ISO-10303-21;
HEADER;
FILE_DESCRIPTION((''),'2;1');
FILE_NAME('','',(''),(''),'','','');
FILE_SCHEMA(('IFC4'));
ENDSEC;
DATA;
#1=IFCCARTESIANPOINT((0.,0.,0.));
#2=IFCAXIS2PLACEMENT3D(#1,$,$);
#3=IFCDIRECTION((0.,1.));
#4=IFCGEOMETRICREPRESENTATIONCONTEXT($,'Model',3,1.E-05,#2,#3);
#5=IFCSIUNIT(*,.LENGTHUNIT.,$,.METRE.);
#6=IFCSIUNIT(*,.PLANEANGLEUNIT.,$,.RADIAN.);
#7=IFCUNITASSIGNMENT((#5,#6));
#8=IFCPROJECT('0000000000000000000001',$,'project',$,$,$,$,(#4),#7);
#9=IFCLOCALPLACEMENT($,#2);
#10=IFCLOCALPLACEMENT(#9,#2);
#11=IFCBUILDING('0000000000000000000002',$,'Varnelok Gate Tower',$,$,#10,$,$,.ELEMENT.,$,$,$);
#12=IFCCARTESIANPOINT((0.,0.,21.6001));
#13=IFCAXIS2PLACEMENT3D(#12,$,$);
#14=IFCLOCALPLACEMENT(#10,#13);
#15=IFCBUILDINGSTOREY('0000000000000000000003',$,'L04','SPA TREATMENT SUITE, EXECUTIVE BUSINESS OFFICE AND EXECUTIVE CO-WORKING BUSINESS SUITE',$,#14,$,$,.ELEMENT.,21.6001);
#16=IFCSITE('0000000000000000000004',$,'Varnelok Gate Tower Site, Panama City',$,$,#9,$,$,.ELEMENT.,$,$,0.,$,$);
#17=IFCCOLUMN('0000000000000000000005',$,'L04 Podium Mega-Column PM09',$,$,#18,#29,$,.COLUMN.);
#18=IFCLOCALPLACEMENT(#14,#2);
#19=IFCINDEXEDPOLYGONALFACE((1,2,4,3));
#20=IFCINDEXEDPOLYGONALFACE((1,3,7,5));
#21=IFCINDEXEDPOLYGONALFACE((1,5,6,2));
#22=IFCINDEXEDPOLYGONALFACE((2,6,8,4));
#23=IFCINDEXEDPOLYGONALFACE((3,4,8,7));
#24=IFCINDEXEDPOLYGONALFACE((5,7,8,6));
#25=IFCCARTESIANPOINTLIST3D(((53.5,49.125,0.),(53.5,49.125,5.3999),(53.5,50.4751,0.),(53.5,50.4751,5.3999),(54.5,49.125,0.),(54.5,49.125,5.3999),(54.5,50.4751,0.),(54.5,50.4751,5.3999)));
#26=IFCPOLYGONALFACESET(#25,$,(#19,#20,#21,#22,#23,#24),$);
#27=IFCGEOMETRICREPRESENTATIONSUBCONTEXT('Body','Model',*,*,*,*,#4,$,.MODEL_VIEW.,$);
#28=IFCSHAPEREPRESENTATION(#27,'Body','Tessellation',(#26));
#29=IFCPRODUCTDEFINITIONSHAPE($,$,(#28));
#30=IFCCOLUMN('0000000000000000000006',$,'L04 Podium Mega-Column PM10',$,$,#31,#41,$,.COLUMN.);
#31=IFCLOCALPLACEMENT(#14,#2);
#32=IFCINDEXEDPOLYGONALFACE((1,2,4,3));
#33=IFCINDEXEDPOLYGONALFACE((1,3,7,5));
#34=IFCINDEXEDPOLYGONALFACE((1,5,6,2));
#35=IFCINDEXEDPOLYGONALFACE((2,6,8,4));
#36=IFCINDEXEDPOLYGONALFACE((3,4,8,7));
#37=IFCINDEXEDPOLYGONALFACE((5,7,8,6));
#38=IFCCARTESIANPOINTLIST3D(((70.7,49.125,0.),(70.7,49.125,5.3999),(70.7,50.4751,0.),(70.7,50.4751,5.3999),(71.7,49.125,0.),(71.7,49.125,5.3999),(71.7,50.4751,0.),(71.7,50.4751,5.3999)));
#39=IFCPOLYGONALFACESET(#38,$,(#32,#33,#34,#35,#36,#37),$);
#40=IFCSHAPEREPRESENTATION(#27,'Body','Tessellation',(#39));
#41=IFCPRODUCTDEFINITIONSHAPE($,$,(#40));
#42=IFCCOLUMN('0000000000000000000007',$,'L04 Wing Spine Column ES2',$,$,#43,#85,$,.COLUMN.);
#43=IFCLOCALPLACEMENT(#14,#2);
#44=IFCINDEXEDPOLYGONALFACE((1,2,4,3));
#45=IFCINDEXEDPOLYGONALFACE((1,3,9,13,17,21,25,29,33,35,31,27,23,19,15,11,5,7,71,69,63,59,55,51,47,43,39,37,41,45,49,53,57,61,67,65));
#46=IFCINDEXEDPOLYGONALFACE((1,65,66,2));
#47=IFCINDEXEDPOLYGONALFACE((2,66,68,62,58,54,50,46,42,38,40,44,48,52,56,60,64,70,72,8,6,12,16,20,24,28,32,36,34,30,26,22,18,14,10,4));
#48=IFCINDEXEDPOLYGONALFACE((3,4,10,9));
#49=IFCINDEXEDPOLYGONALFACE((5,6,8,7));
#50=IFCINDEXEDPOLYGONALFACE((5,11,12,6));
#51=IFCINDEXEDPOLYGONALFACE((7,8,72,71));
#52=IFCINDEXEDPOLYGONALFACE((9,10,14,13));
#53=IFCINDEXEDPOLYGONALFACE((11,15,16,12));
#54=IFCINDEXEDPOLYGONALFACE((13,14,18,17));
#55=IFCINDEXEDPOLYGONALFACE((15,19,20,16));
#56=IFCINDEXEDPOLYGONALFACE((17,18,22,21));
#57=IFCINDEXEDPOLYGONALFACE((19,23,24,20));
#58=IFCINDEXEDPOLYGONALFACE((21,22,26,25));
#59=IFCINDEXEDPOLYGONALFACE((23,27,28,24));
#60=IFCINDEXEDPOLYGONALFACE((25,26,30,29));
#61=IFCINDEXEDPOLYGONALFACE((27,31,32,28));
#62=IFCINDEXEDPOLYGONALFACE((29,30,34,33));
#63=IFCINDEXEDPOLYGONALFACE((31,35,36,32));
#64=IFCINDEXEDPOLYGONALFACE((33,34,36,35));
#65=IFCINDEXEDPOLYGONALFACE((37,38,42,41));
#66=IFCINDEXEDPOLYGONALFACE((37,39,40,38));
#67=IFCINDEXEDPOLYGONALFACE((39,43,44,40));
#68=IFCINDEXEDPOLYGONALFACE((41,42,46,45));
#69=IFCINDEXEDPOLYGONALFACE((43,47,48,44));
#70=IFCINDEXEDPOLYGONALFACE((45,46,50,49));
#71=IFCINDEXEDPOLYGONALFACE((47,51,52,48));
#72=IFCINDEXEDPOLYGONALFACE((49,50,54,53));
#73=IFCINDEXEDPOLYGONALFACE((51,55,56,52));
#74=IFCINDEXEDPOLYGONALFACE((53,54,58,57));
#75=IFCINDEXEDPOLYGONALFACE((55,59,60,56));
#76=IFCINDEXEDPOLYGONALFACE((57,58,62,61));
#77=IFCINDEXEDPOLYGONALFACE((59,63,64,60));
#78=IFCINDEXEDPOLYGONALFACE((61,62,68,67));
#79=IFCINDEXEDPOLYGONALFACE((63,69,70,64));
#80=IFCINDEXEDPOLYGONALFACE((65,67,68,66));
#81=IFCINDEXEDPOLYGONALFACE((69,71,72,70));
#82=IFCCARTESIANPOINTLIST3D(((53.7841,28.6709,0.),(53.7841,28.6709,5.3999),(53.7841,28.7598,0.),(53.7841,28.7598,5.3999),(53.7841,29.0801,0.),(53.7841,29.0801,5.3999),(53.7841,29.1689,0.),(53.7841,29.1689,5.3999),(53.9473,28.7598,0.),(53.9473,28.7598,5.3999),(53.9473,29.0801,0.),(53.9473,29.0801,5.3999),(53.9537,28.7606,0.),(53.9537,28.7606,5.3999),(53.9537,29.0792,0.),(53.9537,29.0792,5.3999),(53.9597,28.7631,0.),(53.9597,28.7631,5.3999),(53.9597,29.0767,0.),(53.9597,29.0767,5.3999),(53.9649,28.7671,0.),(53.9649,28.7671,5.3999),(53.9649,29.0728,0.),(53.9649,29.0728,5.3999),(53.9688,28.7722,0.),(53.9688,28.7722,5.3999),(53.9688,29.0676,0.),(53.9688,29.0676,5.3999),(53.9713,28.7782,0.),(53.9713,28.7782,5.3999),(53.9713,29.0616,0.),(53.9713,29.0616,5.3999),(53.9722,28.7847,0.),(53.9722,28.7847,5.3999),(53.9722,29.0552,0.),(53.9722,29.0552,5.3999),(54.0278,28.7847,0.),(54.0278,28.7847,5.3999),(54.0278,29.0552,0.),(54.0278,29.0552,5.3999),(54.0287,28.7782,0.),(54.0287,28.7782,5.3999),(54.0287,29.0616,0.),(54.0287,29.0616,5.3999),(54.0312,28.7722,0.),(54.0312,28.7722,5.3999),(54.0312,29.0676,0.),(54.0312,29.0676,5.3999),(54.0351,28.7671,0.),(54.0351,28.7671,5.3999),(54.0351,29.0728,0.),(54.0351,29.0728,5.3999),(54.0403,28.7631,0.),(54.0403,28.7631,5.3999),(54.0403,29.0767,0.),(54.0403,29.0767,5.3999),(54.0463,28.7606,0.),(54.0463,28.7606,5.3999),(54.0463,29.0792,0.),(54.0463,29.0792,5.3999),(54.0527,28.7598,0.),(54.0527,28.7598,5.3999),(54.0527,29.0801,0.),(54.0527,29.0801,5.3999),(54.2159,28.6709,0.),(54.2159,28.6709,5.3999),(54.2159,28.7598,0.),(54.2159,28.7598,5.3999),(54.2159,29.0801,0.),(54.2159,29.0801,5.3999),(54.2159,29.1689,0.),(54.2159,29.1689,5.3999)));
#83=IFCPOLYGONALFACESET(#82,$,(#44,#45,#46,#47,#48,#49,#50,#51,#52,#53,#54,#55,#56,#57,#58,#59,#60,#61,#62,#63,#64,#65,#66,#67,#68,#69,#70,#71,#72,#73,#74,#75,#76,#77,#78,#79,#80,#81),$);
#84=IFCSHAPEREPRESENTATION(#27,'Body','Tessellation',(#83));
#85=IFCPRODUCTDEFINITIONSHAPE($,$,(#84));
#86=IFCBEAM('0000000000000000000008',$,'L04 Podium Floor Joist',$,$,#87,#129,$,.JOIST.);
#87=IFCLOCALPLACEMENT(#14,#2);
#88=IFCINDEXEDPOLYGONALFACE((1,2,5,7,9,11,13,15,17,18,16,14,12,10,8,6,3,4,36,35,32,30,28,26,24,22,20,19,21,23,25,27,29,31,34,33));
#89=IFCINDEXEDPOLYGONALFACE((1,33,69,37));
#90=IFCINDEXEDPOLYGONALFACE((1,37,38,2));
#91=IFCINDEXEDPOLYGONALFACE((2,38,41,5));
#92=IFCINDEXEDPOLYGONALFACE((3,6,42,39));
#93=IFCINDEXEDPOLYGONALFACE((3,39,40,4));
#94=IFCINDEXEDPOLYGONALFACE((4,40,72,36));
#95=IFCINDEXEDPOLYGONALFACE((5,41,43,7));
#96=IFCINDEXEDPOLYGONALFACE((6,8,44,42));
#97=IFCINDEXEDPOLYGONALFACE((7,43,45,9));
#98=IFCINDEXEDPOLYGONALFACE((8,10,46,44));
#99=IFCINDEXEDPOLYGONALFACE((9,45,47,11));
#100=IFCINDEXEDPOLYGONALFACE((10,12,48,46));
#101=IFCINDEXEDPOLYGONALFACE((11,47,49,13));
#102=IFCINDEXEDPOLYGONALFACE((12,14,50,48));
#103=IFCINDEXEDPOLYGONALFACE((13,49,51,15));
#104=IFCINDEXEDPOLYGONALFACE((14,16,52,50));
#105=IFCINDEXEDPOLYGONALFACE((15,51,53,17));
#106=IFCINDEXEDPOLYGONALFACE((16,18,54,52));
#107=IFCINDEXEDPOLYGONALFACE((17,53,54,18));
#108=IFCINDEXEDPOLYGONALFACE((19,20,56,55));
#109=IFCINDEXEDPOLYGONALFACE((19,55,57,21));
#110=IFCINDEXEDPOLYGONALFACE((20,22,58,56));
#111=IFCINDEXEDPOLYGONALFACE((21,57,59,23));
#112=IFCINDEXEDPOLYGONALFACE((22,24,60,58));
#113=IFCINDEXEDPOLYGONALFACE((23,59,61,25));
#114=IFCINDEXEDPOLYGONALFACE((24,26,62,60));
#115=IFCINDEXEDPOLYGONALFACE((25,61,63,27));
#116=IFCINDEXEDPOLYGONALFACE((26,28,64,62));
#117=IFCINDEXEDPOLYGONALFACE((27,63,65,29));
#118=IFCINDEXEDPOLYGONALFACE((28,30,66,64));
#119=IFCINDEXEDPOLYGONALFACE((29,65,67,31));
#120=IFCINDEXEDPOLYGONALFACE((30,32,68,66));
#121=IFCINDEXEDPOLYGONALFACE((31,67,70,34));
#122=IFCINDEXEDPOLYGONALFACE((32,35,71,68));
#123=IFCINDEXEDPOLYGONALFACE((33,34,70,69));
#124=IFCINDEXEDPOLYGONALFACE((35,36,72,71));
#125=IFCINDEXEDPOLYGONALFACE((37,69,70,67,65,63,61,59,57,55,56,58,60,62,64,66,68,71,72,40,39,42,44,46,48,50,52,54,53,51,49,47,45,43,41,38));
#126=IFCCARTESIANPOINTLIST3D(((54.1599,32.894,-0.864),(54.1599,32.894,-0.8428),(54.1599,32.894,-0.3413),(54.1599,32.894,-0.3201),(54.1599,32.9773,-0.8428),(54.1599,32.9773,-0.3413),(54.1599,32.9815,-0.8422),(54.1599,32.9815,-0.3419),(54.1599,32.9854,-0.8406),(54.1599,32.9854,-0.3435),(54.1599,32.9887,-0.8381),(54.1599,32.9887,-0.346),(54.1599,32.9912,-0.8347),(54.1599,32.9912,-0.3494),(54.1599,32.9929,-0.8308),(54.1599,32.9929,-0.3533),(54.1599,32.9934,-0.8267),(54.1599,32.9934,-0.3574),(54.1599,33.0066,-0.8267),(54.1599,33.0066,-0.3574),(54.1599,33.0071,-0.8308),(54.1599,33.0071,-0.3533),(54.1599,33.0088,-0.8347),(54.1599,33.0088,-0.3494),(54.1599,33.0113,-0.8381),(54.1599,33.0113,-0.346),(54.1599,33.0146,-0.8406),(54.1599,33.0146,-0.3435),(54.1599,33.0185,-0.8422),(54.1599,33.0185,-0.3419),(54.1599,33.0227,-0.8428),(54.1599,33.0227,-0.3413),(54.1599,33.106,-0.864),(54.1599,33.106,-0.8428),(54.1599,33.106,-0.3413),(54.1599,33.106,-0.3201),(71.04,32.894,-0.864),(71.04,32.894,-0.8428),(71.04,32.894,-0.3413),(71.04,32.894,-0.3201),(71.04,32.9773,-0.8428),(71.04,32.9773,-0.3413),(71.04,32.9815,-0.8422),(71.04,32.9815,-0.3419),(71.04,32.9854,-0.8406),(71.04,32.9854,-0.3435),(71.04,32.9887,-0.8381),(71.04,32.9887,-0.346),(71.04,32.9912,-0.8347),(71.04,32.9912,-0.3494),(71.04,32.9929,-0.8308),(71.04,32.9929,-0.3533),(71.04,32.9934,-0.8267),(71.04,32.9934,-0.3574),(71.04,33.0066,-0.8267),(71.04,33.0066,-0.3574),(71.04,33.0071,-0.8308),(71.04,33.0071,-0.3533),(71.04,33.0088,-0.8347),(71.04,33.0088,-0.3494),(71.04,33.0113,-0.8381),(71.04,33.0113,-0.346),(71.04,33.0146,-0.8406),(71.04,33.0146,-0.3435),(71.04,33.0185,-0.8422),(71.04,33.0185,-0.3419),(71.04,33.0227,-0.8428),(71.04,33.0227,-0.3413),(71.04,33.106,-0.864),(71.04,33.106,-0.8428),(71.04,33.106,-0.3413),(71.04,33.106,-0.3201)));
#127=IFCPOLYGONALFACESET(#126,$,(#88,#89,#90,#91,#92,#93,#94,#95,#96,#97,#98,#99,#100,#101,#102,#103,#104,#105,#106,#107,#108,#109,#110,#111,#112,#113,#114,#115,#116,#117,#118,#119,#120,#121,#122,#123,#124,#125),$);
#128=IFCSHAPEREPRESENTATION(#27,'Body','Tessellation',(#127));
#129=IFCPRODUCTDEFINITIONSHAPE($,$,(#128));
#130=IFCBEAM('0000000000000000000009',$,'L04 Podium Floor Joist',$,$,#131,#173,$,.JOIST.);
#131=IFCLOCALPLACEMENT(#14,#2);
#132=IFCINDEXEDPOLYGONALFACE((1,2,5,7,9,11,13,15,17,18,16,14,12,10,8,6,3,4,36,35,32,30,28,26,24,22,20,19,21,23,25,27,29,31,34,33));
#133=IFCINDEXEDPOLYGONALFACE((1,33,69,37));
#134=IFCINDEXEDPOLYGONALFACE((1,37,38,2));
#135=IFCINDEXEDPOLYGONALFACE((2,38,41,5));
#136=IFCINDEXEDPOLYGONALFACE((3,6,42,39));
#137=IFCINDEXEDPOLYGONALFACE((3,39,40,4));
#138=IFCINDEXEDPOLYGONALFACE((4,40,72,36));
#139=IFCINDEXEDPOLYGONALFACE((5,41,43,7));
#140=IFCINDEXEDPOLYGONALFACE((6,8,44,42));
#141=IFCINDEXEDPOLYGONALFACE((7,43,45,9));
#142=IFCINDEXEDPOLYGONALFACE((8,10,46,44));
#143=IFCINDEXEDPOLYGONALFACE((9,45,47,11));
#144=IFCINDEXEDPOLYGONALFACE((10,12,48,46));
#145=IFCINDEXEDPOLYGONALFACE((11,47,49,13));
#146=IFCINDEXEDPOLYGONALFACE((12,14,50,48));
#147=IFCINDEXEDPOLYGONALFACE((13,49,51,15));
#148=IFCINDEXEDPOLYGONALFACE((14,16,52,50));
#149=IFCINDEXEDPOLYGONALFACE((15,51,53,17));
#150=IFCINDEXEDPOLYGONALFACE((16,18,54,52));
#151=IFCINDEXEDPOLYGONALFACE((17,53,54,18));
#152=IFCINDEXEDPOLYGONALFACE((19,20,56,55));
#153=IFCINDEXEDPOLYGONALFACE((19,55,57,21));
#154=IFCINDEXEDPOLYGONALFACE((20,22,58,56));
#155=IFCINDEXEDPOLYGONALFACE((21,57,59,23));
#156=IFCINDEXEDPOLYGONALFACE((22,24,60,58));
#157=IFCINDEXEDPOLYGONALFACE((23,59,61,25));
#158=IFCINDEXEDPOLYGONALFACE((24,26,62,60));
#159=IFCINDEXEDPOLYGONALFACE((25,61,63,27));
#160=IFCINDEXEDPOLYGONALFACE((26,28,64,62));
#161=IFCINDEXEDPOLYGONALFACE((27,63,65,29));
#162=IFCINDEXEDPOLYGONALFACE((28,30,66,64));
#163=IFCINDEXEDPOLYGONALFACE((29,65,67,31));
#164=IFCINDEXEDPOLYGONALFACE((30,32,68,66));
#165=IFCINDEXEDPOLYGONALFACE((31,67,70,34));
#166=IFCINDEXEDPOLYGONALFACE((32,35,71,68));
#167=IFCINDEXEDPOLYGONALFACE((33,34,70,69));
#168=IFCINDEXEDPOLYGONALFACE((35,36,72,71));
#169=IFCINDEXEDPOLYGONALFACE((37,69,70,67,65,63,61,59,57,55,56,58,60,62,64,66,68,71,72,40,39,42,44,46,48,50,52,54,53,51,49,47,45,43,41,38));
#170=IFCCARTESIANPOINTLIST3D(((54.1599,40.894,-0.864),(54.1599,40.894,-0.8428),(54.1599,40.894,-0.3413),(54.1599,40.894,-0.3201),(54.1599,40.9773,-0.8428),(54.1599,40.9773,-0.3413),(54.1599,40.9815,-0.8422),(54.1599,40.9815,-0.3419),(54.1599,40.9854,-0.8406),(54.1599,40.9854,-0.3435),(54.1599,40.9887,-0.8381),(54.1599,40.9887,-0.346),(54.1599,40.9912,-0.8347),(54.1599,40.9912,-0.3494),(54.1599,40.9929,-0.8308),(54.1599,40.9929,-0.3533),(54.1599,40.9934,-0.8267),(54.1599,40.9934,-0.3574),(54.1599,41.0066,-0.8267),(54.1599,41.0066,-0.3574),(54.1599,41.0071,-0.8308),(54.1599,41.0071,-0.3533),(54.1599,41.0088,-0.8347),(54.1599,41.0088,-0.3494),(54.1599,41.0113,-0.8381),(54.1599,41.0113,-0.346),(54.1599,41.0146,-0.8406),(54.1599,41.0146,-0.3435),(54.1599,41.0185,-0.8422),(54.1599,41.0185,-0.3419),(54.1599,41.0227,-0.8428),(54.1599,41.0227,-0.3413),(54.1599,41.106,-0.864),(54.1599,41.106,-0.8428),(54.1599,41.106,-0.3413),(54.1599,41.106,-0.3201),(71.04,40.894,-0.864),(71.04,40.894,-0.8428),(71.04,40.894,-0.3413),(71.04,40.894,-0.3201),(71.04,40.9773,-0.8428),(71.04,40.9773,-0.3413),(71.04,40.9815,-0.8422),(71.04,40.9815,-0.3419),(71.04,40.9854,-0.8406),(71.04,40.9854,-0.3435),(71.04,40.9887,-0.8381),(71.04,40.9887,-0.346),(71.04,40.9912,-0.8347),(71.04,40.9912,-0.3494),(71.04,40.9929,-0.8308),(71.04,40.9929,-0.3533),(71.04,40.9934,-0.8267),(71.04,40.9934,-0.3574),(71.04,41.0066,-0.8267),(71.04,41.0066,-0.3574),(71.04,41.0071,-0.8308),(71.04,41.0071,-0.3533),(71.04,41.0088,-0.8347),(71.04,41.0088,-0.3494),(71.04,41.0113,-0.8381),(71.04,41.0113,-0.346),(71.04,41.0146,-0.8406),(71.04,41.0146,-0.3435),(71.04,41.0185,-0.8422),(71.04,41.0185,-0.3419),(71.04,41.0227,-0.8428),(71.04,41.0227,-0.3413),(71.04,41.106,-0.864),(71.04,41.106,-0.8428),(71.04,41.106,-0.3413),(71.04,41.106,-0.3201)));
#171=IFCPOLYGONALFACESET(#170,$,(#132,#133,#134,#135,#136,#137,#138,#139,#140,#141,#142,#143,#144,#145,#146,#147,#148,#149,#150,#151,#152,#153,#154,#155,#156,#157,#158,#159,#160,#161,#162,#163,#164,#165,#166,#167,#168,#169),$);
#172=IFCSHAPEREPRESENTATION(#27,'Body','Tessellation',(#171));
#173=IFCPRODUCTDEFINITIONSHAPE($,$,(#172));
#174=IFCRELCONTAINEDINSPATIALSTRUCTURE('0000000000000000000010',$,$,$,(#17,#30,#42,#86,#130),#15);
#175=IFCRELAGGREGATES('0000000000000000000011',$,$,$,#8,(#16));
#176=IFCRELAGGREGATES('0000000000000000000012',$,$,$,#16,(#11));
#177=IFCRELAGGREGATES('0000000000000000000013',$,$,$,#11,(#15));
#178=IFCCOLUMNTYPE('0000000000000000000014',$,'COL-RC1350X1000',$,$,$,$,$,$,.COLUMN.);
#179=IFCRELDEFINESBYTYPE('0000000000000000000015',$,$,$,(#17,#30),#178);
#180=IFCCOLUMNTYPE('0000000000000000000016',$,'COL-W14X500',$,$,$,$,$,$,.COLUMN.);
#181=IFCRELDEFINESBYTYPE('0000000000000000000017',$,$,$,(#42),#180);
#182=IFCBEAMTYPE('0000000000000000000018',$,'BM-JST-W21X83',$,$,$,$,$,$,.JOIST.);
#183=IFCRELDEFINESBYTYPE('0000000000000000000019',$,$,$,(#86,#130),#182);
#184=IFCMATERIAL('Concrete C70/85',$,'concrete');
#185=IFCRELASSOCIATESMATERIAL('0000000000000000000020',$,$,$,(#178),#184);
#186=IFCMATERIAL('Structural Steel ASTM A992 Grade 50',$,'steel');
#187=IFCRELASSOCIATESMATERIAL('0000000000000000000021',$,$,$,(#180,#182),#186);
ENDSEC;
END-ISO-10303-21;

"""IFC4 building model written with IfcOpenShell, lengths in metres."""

from ifc_helpers import new_model, si_unit, direction, frame, origin, origin_2d, place, context, subcontext, project, spatial, rectangle, i_section, extrude, material, material_profile, profile_set, type_object, element, save


model = new_model("IFC4")

# Units and contexts
model_context = context("Model", 3, precision=1e-05, world=origin(), true_north=direction((0.0, 1.0)))
body_context = subcontext(model_context, "Body", "Model", "MODEL_VIEW")
ifc_project = project(units=[si_unit("LENGTHUNIT", "METRE"), si_unit("PLANEANGLEUNIT", "RADIAN")], contexts=[model_context])

# Site, building, storey
site_placement = place(None, origin())
site = spatial("IfcSite", under=ifc_project, at=site_placement, Name="Varnelok Gate Tower Site, Panama City", CompositionType="ELEMENT", RefElevation=0.0)
building_placement = place(site_placement, origin())
building = spatial("IfcBuilding", under=site, at=building_placement, Name="Varnelok Gate Tower", CompositionType="ELEMENT")
storey_placement = place(building_placement, frame((0.0, 0.0, 21.6001)))
storey = spatial("IfcBuildingStorey", under=building, at=storey_placement, Name="L04", Description="SPA TREATMENT SUITE, EXECUTIVE BUSINESS OFFICE AND EXECUTIVE CO-WORKING BUSINESS SUITE", CompositionType="ELEMENT", Elevation=21.6001)

# Columns
ifc_material_1 = material(Name="Concrete C70/85", Category="concrete")
ifc_material_profile_1 = material_profile(ifc_material_1, rectangle(XDim=1.0, YDim=1.3501, at=origin_2d()), Name="RC1350X1000")
ifc_profile_set_1 = profile_set([ifc_material_profile_1], Name="Concrete C70/85")
column_type_1 = type_object("IfcColumnType", Name="COL-RC1350X1000", PredefinedType="COLUMN", material=ifc_profile_set_1)
for number, where, z_axis, x_axis, name in (
    (1, (54.0, 49.8, 0.0), (0.0, 0.0, 1.0), (1.0, 0.0, 0.0), "L04 Podium Mega-Column PM09"),
    (2, (71.2, 49.8, 0.0), (0.0, 0.0, 1.0), (1.0, 0.0, 0.0), "L04 Podium Mega-Column PM10"),
):
    element("IfcColumn", number, at=place(storey_placement, frame(where, z_axis=z_axis, x_axis=x_axis)), inside=storey, type_object=column_type_1, Name=name, PredefinedType="COLUMN", context=body_context, shape_type="SweptSolid", body=[
        extrude(rectangle(XDim=1.0, YDim=1.3501, at=origin_2d()), origin(), (0.0, 0.0, 1.0), 5.3999),
    ])
ifc_material_2 = material(Name="Structural Steel ASTM A992 Grade 50", Category="steel")
ifc_material_profile_2 = material_profile(ifc_material_2, i_section(OverallWidth=0.4319, OverallDepth=0.498, WebThickness=0.0557, FlangeThickness=0.0889, FilletRadius=0.0249, at=origin_2d()), Name="W14X500")
ifc_profile_set_2 = profile_set([ifc_material_profile_2], Name="Structural Steel ASTM A992 Grade 50")
column_type_2 = type_object("IfcColumnType", Name="COL-W14X500", PredefinedType="COLUMN", material=ifc_profile_set_2)
column_placement = place(storey_placement, frame((54.0, 28.9199, 0.0), z_axis=(0.0, 0.0, 1.0), x_axis=(1.0, 0.0, 0.0)))
element("IfcColumn", 3, at=column_placement, inside=storey, type_object=column_type_2, Name="L04 Wing Spine Column ES2", PredefinedType="COLUMN", context=body_context, shape_type="SweptSolid", body=[
    extrude(i_section(OverallWidth=0.4319, OverallDepth=0.498, WebThickness=0.0557, FlangeThickness=0.0889, FilletRadius=0.0249, at=origin_2d()), origin(), (0.0, 0.0, 1.0), 5.3999),
])

# Beams
ifc_material_profile_3 = material_profile(ifc_material_2, i_section(OverallWidth=0.2119, OverallDepth=0.5439, WebThickness=0.0132, FlangeThickness=0.0212, FilletRadius=0.0161, at=origin_2d()), Name="W21X83")
ifc_profile_set_3 = profile_set([ifc_material_profile_3], Name="Structural Steel ASTM A992 Grade 50")
beam_type_1 = type_object("IfcBeamType", Name="BM-JST-W21X83", PredefinedType="JOIST", material=ifc_profile_set_3)
for number, where, z_axis, x_axis, name in (
    (4, (54.1599, 33.0, -0.592), (1.0, 0.0, 0.0), (0.0, 1.0, 0.0), "L04 Podium Floor Joist"),
    (5, (54.1599, 41.0, -0.592), (1.0, 0.0, 0.0), (0.0, 1.0, 0.0), "L04 Podium Floor Joist"),
):
    element("IfcBeam", number, at=place(storey_placement, frame(where, z_axis=z_axis, x_axis=x_axis)), inside=storey, type_object=beam_type_1, Name=name, PredefinedType="JOIST", context=body_context, shape_type="SweptSolid", body=[
        extrude(i_section(OverallWidth=0.2119, OverallDepth=0.5439, WebThickness=0.0132, FlangeThickness=0.0212, FilletRadius=0.0161, at=origin_2d()), origin(), (0.0, 0.0, 1.0), 16.8801),
    ])

save(model, "model.ifc")
